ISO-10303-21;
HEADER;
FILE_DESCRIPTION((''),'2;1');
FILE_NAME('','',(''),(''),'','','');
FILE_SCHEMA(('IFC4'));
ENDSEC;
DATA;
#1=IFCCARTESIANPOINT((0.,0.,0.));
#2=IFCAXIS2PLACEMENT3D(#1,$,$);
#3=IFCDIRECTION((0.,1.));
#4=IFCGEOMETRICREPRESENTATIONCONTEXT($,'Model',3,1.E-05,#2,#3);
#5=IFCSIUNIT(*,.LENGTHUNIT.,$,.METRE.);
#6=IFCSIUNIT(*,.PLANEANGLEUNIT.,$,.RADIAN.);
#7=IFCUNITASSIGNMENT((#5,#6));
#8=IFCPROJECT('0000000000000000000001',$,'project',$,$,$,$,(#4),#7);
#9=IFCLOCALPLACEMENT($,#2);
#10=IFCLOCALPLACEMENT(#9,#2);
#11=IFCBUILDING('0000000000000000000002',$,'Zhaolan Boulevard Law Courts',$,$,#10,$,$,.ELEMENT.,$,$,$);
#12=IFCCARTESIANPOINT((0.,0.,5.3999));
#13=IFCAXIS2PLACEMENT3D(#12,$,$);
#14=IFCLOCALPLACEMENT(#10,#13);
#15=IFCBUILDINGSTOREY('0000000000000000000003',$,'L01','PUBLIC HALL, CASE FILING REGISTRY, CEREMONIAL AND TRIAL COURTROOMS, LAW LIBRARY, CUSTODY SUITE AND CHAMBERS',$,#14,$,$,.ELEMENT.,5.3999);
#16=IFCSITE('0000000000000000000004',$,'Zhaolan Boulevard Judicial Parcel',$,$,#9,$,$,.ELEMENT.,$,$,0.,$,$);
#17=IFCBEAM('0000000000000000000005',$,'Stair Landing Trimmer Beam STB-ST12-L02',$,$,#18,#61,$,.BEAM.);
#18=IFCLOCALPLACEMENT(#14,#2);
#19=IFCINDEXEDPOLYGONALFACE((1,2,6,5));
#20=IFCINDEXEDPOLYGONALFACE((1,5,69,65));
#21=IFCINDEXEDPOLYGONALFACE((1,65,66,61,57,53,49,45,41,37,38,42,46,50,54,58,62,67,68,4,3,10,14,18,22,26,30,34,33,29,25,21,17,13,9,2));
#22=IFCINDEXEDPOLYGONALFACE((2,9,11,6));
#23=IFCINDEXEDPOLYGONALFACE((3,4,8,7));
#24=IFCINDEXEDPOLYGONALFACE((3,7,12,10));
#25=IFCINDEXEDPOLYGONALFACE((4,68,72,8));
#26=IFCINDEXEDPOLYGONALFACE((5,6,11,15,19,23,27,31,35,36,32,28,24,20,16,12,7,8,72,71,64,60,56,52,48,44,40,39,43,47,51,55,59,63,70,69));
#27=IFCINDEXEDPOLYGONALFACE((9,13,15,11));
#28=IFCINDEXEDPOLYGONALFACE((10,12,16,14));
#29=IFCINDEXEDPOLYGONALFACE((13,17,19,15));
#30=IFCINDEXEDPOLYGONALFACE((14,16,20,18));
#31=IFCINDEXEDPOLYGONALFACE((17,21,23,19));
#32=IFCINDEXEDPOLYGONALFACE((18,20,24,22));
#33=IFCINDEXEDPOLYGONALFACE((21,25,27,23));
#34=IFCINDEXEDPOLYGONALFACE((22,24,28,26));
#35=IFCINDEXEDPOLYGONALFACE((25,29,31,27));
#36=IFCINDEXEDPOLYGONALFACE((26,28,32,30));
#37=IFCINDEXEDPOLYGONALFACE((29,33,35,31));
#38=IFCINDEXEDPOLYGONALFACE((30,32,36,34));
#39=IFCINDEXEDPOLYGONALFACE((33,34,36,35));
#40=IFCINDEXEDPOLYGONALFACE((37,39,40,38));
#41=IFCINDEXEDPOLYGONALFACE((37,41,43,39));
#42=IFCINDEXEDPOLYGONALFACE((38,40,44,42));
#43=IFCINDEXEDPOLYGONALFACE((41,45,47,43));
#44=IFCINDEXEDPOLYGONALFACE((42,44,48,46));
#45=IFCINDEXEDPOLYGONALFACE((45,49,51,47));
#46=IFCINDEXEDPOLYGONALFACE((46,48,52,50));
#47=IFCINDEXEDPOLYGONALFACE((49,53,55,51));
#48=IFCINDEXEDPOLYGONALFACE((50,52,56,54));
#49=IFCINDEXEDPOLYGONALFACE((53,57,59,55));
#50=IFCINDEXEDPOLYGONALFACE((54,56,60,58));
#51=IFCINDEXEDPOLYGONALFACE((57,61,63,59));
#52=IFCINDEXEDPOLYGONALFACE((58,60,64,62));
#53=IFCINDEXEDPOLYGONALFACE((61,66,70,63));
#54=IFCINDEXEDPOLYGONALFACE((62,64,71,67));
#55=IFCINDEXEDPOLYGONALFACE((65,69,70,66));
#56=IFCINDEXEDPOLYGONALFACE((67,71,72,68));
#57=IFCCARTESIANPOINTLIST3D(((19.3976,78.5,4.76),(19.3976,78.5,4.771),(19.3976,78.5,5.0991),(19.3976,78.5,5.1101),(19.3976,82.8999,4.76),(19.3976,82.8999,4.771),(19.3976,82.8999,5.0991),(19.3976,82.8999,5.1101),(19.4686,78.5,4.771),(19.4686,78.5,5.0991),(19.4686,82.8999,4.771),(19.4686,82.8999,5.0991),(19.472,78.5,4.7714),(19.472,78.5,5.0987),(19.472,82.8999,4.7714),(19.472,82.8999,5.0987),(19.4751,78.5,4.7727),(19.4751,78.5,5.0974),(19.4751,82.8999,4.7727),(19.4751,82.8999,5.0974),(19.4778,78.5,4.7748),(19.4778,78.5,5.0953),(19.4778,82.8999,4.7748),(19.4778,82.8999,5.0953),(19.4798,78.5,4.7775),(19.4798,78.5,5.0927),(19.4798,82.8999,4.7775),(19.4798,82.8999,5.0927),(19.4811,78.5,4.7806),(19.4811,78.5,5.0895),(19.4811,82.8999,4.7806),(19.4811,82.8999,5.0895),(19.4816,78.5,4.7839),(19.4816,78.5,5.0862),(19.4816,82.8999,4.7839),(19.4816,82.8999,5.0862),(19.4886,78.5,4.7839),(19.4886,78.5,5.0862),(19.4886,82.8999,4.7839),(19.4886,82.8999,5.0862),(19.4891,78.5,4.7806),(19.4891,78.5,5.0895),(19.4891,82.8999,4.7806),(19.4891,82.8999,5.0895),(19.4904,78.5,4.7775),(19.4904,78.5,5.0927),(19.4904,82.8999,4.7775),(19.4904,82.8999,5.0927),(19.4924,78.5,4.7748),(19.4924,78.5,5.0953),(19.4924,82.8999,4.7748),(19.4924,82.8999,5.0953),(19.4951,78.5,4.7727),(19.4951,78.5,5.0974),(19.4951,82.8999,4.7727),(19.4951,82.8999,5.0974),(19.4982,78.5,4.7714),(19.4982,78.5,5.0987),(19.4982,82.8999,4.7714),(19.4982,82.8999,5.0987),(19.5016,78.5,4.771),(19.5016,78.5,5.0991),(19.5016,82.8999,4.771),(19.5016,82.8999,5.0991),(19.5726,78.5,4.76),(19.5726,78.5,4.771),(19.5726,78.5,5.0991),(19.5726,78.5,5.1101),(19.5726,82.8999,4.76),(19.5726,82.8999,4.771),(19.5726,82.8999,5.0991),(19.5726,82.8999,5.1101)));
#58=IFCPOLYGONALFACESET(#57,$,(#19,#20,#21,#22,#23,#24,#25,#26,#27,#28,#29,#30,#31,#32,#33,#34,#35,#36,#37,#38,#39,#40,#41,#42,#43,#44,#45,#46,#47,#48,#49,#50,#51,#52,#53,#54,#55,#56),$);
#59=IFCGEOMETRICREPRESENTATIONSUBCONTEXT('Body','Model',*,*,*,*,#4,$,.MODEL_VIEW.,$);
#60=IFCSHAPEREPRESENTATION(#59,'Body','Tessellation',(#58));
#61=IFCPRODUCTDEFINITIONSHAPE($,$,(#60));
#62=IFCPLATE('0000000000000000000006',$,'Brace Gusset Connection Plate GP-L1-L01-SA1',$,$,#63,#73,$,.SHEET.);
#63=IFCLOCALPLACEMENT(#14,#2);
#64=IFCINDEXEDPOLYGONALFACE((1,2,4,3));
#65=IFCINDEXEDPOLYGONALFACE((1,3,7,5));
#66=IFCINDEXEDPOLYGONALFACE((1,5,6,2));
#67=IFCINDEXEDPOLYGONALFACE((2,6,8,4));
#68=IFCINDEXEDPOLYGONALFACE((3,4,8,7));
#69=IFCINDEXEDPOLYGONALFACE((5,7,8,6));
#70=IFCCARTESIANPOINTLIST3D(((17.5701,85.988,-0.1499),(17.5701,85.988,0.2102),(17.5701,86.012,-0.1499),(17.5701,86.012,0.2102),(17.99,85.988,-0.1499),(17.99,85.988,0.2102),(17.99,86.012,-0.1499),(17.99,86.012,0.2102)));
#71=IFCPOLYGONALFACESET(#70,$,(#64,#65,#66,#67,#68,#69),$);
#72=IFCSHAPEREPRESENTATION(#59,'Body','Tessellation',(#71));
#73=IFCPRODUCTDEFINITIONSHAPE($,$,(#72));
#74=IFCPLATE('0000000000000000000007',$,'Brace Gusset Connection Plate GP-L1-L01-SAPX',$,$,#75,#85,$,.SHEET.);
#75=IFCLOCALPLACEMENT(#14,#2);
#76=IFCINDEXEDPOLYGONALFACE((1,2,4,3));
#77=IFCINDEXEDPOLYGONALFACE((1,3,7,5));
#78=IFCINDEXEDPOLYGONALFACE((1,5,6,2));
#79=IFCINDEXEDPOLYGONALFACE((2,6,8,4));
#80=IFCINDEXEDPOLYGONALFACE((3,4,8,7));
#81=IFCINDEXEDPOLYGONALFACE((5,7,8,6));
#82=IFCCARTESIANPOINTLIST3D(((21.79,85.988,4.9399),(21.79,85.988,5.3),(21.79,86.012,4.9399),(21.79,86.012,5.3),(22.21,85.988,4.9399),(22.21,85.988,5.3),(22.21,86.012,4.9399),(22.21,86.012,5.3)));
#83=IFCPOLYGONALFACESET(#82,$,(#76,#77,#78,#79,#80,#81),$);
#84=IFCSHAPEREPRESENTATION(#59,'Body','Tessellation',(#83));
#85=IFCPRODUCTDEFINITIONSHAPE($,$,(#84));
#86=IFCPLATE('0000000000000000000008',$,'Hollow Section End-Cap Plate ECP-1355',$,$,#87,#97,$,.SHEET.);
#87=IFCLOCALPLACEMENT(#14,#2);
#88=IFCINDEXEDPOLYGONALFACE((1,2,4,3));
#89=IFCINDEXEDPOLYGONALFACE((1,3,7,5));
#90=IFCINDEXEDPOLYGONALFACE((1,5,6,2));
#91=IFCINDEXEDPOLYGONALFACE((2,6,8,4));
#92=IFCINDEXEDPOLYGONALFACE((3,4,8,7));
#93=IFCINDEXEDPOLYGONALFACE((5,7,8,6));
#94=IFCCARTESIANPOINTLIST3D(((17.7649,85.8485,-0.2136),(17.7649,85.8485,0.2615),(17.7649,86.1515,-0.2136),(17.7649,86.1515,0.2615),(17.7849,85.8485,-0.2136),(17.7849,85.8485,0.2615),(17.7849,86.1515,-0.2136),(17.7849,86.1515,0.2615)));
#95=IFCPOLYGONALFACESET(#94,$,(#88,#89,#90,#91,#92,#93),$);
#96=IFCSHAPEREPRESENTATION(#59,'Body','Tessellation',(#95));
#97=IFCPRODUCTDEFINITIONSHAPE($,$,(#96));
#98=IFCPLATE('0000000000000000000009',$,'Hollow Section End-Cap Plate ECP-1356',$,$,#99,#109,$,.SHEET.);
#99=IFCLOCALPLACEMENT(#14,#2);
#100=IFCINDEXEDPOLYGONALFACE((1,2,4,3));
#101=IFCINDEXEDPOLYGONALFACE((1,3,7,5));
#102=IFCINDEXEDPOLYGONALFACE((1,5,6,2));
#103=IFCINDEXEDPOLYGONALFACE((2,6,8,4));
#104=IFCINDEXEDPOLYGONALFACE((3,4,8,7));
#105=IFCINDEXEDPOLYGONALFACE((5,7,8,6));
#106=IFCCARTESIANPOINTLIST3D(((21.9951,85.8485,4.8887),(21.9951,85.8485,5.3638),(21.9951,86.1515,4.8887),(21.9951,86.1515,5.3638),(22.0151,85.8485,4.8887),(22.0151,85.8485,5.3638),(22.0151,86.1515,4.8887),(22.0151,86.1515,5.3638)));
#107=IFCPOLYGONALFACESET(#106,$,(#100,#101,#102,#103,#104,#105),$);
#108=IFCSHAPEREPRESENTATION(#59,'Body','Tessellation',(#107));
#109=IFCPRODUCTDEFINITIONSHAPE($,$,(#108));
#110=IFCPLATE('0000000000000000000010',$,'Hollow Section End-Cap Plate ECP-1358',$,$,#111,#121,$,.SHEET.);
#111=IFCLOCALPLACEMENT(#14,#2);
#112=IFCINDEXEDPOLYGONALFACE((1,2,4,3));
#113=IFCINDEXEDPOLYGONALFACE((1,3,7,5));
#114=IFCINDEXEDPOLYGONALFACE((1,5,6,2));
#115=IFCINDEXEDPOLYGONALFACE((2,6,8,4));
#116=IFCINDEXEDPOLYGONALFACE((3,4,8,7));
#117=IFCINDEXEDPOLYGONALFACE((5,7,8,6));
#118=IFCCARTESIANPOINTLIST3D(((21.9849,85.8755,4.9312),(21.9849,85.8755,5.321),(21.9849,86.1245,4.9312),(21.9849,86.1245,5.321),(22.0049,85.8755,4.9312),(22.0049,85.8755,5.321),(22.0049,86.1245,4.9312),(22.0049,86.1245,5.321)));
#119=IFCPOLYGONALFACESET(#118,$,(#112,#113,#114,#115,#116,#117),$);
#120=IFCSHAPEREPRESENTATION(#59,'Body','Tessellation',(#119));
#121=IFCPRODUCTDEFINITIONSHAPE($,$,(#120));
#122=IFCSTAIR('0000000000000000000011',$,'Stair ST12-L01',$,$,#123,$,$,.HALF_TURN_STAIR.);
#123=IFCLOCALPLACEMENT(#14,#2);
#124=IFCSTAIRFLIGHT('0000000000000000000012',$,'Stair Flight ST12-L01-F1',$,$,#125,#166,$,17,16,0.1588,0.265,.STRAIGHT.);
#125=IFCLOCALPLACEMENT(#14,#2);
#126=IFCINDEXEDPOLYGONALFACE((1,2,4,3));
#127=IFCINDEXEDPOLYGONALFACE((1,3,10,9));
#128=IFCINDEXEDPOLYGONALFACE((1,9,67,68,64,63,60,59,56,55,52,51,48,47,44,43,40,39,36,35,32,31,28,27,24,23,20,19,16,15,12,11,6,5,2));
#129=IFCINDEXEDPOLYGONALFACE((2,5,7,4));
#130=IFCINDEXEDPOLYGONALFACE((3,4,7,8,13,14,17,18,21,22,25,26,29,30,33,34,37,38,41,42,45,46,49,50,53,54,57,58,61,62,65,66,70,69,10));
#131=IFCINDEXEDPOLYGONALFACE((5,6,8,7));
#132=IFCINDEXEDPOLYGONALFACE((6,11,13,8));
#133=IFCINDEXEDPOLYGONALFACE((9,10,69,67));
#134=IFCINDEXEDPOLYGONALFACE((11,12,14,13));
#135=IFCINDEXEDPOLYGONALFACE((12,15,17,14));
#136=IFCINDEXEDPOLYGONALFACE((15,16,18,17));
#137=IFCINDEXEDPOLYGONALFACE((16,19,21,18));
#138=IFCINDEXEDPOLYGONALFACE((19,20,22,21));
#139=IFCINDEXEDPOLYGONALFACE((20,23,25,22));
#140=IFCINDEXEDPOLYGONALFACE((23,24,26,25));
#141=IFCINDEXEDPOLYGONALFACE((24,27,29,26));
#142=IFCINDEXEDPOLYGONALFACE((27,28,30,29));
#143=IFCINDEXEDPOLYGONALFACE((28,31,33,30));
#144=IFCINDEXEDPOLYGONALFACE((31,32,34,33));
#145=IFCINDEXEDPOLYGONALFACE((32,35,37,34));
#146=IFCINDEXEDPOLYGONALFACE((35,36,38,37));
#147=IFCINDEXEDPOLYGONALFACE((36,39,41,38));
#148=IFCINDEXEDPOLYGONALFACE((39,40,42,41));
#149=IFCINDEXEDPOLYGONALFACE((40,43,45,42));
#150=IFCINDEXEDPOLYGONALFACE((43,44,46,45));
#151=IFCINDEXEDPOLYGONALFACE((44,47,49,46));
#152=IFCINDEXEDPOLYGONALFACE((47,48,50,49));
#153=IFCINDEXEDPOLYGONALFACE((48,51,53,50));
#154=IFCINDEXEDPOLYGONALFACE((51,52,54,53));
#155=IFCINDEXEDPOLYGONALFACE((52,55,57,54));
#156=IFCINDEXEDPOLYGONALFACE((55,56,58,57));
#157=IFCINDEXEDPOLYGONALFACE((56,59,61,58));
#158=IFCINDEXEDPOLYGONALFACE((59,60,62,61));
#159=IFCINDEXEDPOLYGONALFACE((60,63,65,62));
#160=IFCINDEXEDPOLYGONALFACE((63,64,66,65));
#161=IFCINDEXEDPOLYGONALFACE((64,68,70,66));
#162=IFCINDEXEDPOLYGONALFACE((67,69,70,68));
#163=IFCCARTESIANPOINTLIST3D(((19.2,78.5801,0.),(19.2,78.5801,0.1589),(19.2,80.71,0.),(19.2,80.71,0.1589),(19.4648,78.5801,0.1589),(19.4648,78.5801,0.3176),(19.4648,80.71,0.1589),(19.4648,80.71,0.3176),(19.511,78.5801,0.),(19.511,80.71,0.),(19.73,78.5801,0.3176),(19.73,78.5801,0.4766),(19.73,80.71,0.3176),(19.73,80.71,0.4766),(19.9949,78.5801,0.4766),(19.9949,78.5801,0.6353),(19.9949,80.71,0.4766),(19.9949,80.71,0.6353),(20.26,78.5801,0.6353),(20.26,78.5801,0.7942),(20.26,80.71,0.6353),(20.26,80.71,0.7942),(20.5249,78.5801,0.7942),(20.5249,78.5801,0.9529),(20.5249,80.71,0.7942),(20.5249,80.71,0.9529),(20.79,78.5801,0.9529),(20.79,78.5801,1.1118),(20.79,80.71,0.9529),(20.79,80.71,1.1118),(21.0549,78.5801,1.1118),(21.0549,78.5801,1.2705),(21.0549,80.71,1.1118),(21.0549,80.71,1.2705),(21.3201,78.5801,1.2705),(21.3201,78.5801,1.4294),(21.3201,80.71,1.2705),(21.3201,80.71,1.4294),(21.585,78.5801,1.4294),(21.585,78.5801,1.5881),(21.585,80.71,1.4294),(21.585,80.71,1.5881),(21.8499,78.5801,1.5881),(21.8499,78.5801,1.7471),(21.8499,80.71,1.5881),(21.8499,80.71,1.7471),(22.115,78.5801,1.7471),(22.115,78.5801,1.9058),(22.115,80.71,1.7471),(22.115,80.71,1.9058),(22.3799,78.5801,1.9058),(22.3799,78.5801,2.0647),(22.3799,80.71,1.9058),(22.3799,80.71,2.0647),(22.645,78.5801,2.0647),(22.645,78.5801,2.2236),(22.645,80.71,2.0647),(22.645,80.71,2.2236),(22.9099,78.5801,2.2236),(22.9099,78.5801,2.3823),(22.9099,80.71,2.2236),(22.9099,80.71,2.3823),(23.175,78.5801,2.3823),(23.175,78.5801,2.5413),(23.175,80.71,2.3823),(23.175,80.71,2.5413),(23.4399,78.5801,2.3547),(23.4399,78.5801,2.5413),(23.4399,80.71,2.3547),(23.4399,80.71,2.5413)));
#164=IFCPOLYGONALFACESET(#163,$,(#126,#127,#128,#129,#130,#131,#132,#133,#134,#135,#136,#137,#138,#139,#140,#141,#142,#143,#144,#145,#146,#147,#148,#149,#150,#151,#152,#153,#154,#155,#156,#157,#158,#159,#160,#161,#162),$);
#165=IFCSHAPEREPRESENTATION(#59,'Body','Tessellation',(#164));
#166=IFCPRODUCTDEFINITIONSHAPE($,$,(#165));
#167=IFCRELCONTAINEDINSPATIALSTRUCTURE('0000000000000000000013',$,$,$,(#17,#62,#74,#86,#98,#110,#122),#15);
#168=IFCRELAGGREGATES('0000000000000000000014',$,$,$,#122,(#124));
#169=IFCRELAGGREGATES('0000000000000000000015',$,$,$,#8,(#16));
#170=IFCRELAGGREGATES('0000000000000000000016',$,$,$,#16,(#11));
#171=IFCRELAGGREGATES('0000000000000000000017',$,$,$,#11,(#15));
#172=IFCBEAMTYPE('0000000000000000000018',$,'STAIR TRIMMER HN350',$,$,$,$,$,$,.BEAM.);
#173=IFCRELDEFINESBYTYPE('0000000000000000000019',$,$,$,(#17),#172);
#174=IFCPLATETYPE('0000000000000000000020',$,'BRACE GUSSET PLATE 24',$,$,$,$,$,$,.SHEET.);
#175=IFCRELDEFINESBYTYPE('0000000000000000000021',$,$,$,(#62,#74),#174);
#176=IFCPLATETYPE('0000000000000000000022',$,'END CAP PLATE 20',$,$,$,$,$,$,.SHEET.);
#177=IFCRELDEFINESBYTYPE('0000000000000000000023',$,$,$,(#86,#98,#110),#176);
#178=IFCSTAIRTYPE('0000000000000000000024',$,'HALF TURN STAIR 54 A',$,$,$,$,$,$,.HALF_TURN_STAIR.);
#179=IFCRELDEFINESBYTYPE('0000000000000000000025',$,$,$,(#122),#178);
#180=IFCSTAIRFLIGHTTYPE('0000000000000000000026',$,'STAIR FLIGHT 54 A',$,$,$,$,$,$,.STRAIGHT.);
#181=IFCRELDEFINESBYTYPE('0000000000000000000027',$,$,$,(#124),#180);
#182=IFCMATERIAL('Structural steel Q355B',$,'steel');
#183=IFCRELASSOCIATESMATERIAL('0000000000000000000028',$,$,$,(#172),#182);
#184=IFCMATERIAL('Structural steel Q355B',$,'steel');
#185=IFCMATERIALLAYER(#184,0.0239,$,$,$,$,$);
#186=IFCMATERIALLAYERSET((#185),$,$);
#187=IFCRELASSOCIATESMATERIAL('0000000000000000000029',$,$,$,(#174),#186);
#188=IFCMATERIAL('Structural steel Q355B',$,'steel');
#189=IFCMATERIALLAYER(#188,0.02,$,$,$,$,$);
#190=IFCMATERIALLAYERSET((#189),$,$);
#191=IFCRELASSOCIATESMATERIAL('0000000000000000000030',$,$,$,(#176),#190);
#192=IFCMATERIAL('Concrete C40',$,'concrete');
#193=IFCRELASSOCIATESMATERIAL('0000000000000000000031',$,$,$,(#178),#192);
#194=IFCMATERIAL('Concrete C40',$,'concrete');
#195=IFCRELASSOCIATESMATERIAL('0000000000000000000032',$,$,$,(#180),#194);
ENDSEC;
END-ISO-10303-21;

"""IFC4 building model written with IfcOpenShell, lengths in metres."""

from ifc_helpers import new_model, si_unit, direction, frame, origin, origin_2d, place, context, subcontext, project, spatial, polyline, rectangle, i_section, outline, extrude, material, layer, layer_set, material_profile, profile_set, type_object, element, aggregate, save


model = new_model("IFC4")

# Units and contexts
model_context = context("Model", 3, precision=1e-05, world=origin(), true_north=direction((0.0, 1.0)))
body_context = subcontext(model_context, "Body", "Model", "MODEL_VIEW")
ifc_project = project(units=[si_unit("LENGTHUNIT", "METRE"), si_unit("PLANEANGLEUNIT", "RADIAN")], contexts=[model_context])

# Site, building, storey
site_placement = place(None, origin())
site = spatial("IfcSite", under=ifc_project, at=site_placement, Name="Zhaolan Boulevard Judicial Parcel", CompositionType="ELEMENT", RefElevation=0.0)
building_placement = place(site_placement, origin())
building = spatial("IfcBuilding", under=site, at=building_placement, Name="Zhaolan Boulevard Law Courts", CompositionType="ELEMENT")
storey_placement = place(building_placement, frame((0.0, 0.0, 5.3999)))
storey = spatial("IfcBuildingStorey", under=building, at=storey_placement, Name="L01", Description="PUBLIC HALL, CASE FILING REGISTRY, CEREMONIAL AND TRIAL COURTROOMS, LAW LIBRARY, CUSTODY SUITE AND CHAMBERS", CompositionType="ELEMENT", Elevation=5.3999)

# Beam
ifc_material_1 = material(Name="Structural steel Q355B", Category="steel")
ifc_material_profile_1 = material_profile(ifc_material_1, i_section(OverallWidth=0.175, OverallDepth=0.3501, WebThickness=0.0071, FlangeThickness=0.011, FilletRadius=0.0129, at=origin_2d()), Name="HN350x175")
ifc_profile_set_1 = profile_set([ifc_material_profile_1], Name="Structural steel Q355B")
beam_type_1 = type_object("IfcBeamType", Name="STAIR TRIMMER HN350", PredefinedType="BEAM", material=ifc_profile_set_1)
beam_1_placement = place(storey_placement, frame((19.4851, 78.5, 4.9351), z_axis=(0.0, 1.0, 0.0), x_axis=(-1.0, 0.0, 0.0)))
element("IfcBeam", 1, at=beam_1_placement, inside=storey, type_object=beam_type_1, Name="Stair Landing Trimmer Beam STB-ST12-L02", PredefinedType="BEAM", context=body_context, shape_type="SweptSolid", body=[
    extrude(i_section(OverallWidth=0.175, OverallDepth=0.3501, WebThickness=0.0071, FlangeThickness=0.011, FilletRadius=0.0129, at=origin_2d()), origin(), (0.0, 0.0, 1.0), 4.3999),
])

# Plates
ifc_material_2 = material(Name="Structural steel Q355B", Category="steel")
ifc_layer_1 = layer(ifc_material_2, 0.0239)
ifc_layer_set_1 = layer_set([ifc_layer_1])
plate_type_1 = type_object("IfcPlateType", Name="BRACE GUSSET PLATE 24", PredefinedType="SHEET", material=ifc_layer_set_1)
for number, where, z_axis, x_axis, name in (
    (2, (17.78, 86.0, -0.1499), (0.0, 0.0, 1.0), (1.0, 0.0, 0.0), "Brace Gusset Connection Plate GP-L1-L01-SA1"),
    (3, (22.0, 86.0, 4.9399), (0.0, 0.0, 1.0), (1.0, 0.0, 0.0), "Brace Gusset Connection Plate GP-L1-L01-SAPX"),
):
    element("IfcPlate", number, at=place(storey_placement, frame(where, z_axis=z_axis, x_axis=x_axis)), inside=storey, type_object=plate_type_1, Name=name, PredefinedType="SHEET", context=body_context, shape_type="SweptSolid", body=[
        extrude(rectangle(XDim=0.4199, YDim=0.0239, at=origin_2d()), origin(), (0.0, 0.0, 1.0), 0.3601),
    ])
ifc_material_3 = material(Name="Structural steel Q355B", Category="steel")
ifc_layer_2 = layer(ifc_material_3, 0.02)
ifc_layer_set_2 = layer_set([ifc_layer_2])
plate_type_2 = type_object("IfcPlateType", Name="END CAP PLATE 20", PredefinedType="SHEET", material=ifc_layer_set_2)
for number, where, z_axis, x_axis, name in (
    (4, (17.7749, 86.0, -0.2136), (0.0, 0.0, 1.0), (1.0, 0.0, 0.0), "Hollow Section End-Cap Plate ECP-1355"),
    (5, (22.0051, 86.0, 4.8887), (0.0, 0.0, 1.0), (1.0, 0.0, 0.0), "Hollow Section End-Cap Plate ECP-1356"),
):
    element("IfcPlate", number, at=place(storey_placement, frame(where, z_axis=z_axis, x_axis=x_axis)), inside=storey, type_object=plate_type_2, Name=name, PredefinedType="SHEET", context=body_context, shape_type="SweptSolid", body=[
        extrude(rectangle(XDim=0.02, YDim=0.303, at=origin_2d()), origin(), (0.0, 0.0, 1.0), 0.4751),
    ])
plate_placement = place(storey_placement, frame((21.9949, 86.0, 4.9312), z_axis=(0.0, 0.0, 1.0), x_axis=(-1.0, 0.0, 0.0)))
element("IfcPlate", 6, at=plate_placement, inside=storey, type_object=plate_type_2, Name="Hollow Section End-Cap Plate ECP-1358", PredefinedType="SHEET", context=body_context, shape_type="SweptSolid", body=[
    extrude(rectangle(XDim=0.02, YDim=0.249, at=origin_2d()), origin(), (0.0, 0.0, 1.0), 0.3899),
])

# Stair, stair flight
ifc_material_4 = material(Name="Concrete C40", Category="concrete")
stair_type = type_object("IfcStairType", Name="HALF TURN STAIR 54 A", PredefinedType="HALF_TURN_STAIR", material=ifc_material_4)
stair_placement = place(storey_placement, origin())
stair = element("IfcStair", 7, at=stair_placement, inside=storey, type_object=stair_type, Name="Stair ST12-L01", PredefinedType="HALF_TURN_STAIR")
ifc_material_5 = material(Name="Concrete C40", Category="concrete")
stair_flight_type = type_object("IfcStairFlightType", Name="STAIR FLIGHT 54 A", PredefinedType="STRAIGHT", material=ifc_material_5)
stair_flight_1_placement = place(storey_placement, frame((19.2, 79.645, 0.0), z_axis=(0.0, 0.0, 1.0), x_axis=(1.0, 0.0, 0.0)))
stair_flight_1 = element("IfcStairFlight", 8, at=stair_flight_1_placement, type_object=stair_flight_type, Name="Stair Flight ST12-L01-F1", NumberOfRisers=17, NumberOfTreads=16, PredefinedType="STRAIGHT", RiserHeight=0.1588, TreadLength=0.265, context=body_context, shape_type="SweptSolid", body=[
    extrude(outline(polyline([(0.0, 0.0), (0.0, 0.1589), (0.2649, 0.1589), (0.2649, 0.3176), (0.53, 0.3176), (0.53, 0.4766), (0.7949, 0.4766), (0.7949, 0.6353), (1.0601, 0.6353), (1.0601, 0.7942), (1.325, 0.7942), (1.325, 0.9529), (1.5901, 0.9529), (1.5901, 1.1118), (1.855, 1.1118), (1.855, 1.2705), (2.1201, 1.2705), (2.1201, 1.4294), (2.385, 1.4294), (2.385, 1.5881), (2.6499, 1.5881), (2.6499, 1.7471), (2.915, 1.7471), (2.915, 1.9058), (3.1799, 1.9058), (3.1799, 2.0647), (3.4451, 2.0647), (3.4451, 2.2236), (3.71, 2.2236), (3.71, 2.3823), (3.9751, 2.3823), (3.9751, 2.5413), (4.24, 2.5413), (4.24, 2.7), (4.24, 2.3547), (0.311, 0.0), (0.0, 0.0)])), frame((0.0, 1.0649, 0.0), z_axis=(0.0, -1.0, 0.0), x_axis=(1.0, 0.0, 0.0)), (0.0, 0.0, 1.0), 2.1299),
])
aggregate(stair, [stair_flight_1])

save(model, "model.ifc")
